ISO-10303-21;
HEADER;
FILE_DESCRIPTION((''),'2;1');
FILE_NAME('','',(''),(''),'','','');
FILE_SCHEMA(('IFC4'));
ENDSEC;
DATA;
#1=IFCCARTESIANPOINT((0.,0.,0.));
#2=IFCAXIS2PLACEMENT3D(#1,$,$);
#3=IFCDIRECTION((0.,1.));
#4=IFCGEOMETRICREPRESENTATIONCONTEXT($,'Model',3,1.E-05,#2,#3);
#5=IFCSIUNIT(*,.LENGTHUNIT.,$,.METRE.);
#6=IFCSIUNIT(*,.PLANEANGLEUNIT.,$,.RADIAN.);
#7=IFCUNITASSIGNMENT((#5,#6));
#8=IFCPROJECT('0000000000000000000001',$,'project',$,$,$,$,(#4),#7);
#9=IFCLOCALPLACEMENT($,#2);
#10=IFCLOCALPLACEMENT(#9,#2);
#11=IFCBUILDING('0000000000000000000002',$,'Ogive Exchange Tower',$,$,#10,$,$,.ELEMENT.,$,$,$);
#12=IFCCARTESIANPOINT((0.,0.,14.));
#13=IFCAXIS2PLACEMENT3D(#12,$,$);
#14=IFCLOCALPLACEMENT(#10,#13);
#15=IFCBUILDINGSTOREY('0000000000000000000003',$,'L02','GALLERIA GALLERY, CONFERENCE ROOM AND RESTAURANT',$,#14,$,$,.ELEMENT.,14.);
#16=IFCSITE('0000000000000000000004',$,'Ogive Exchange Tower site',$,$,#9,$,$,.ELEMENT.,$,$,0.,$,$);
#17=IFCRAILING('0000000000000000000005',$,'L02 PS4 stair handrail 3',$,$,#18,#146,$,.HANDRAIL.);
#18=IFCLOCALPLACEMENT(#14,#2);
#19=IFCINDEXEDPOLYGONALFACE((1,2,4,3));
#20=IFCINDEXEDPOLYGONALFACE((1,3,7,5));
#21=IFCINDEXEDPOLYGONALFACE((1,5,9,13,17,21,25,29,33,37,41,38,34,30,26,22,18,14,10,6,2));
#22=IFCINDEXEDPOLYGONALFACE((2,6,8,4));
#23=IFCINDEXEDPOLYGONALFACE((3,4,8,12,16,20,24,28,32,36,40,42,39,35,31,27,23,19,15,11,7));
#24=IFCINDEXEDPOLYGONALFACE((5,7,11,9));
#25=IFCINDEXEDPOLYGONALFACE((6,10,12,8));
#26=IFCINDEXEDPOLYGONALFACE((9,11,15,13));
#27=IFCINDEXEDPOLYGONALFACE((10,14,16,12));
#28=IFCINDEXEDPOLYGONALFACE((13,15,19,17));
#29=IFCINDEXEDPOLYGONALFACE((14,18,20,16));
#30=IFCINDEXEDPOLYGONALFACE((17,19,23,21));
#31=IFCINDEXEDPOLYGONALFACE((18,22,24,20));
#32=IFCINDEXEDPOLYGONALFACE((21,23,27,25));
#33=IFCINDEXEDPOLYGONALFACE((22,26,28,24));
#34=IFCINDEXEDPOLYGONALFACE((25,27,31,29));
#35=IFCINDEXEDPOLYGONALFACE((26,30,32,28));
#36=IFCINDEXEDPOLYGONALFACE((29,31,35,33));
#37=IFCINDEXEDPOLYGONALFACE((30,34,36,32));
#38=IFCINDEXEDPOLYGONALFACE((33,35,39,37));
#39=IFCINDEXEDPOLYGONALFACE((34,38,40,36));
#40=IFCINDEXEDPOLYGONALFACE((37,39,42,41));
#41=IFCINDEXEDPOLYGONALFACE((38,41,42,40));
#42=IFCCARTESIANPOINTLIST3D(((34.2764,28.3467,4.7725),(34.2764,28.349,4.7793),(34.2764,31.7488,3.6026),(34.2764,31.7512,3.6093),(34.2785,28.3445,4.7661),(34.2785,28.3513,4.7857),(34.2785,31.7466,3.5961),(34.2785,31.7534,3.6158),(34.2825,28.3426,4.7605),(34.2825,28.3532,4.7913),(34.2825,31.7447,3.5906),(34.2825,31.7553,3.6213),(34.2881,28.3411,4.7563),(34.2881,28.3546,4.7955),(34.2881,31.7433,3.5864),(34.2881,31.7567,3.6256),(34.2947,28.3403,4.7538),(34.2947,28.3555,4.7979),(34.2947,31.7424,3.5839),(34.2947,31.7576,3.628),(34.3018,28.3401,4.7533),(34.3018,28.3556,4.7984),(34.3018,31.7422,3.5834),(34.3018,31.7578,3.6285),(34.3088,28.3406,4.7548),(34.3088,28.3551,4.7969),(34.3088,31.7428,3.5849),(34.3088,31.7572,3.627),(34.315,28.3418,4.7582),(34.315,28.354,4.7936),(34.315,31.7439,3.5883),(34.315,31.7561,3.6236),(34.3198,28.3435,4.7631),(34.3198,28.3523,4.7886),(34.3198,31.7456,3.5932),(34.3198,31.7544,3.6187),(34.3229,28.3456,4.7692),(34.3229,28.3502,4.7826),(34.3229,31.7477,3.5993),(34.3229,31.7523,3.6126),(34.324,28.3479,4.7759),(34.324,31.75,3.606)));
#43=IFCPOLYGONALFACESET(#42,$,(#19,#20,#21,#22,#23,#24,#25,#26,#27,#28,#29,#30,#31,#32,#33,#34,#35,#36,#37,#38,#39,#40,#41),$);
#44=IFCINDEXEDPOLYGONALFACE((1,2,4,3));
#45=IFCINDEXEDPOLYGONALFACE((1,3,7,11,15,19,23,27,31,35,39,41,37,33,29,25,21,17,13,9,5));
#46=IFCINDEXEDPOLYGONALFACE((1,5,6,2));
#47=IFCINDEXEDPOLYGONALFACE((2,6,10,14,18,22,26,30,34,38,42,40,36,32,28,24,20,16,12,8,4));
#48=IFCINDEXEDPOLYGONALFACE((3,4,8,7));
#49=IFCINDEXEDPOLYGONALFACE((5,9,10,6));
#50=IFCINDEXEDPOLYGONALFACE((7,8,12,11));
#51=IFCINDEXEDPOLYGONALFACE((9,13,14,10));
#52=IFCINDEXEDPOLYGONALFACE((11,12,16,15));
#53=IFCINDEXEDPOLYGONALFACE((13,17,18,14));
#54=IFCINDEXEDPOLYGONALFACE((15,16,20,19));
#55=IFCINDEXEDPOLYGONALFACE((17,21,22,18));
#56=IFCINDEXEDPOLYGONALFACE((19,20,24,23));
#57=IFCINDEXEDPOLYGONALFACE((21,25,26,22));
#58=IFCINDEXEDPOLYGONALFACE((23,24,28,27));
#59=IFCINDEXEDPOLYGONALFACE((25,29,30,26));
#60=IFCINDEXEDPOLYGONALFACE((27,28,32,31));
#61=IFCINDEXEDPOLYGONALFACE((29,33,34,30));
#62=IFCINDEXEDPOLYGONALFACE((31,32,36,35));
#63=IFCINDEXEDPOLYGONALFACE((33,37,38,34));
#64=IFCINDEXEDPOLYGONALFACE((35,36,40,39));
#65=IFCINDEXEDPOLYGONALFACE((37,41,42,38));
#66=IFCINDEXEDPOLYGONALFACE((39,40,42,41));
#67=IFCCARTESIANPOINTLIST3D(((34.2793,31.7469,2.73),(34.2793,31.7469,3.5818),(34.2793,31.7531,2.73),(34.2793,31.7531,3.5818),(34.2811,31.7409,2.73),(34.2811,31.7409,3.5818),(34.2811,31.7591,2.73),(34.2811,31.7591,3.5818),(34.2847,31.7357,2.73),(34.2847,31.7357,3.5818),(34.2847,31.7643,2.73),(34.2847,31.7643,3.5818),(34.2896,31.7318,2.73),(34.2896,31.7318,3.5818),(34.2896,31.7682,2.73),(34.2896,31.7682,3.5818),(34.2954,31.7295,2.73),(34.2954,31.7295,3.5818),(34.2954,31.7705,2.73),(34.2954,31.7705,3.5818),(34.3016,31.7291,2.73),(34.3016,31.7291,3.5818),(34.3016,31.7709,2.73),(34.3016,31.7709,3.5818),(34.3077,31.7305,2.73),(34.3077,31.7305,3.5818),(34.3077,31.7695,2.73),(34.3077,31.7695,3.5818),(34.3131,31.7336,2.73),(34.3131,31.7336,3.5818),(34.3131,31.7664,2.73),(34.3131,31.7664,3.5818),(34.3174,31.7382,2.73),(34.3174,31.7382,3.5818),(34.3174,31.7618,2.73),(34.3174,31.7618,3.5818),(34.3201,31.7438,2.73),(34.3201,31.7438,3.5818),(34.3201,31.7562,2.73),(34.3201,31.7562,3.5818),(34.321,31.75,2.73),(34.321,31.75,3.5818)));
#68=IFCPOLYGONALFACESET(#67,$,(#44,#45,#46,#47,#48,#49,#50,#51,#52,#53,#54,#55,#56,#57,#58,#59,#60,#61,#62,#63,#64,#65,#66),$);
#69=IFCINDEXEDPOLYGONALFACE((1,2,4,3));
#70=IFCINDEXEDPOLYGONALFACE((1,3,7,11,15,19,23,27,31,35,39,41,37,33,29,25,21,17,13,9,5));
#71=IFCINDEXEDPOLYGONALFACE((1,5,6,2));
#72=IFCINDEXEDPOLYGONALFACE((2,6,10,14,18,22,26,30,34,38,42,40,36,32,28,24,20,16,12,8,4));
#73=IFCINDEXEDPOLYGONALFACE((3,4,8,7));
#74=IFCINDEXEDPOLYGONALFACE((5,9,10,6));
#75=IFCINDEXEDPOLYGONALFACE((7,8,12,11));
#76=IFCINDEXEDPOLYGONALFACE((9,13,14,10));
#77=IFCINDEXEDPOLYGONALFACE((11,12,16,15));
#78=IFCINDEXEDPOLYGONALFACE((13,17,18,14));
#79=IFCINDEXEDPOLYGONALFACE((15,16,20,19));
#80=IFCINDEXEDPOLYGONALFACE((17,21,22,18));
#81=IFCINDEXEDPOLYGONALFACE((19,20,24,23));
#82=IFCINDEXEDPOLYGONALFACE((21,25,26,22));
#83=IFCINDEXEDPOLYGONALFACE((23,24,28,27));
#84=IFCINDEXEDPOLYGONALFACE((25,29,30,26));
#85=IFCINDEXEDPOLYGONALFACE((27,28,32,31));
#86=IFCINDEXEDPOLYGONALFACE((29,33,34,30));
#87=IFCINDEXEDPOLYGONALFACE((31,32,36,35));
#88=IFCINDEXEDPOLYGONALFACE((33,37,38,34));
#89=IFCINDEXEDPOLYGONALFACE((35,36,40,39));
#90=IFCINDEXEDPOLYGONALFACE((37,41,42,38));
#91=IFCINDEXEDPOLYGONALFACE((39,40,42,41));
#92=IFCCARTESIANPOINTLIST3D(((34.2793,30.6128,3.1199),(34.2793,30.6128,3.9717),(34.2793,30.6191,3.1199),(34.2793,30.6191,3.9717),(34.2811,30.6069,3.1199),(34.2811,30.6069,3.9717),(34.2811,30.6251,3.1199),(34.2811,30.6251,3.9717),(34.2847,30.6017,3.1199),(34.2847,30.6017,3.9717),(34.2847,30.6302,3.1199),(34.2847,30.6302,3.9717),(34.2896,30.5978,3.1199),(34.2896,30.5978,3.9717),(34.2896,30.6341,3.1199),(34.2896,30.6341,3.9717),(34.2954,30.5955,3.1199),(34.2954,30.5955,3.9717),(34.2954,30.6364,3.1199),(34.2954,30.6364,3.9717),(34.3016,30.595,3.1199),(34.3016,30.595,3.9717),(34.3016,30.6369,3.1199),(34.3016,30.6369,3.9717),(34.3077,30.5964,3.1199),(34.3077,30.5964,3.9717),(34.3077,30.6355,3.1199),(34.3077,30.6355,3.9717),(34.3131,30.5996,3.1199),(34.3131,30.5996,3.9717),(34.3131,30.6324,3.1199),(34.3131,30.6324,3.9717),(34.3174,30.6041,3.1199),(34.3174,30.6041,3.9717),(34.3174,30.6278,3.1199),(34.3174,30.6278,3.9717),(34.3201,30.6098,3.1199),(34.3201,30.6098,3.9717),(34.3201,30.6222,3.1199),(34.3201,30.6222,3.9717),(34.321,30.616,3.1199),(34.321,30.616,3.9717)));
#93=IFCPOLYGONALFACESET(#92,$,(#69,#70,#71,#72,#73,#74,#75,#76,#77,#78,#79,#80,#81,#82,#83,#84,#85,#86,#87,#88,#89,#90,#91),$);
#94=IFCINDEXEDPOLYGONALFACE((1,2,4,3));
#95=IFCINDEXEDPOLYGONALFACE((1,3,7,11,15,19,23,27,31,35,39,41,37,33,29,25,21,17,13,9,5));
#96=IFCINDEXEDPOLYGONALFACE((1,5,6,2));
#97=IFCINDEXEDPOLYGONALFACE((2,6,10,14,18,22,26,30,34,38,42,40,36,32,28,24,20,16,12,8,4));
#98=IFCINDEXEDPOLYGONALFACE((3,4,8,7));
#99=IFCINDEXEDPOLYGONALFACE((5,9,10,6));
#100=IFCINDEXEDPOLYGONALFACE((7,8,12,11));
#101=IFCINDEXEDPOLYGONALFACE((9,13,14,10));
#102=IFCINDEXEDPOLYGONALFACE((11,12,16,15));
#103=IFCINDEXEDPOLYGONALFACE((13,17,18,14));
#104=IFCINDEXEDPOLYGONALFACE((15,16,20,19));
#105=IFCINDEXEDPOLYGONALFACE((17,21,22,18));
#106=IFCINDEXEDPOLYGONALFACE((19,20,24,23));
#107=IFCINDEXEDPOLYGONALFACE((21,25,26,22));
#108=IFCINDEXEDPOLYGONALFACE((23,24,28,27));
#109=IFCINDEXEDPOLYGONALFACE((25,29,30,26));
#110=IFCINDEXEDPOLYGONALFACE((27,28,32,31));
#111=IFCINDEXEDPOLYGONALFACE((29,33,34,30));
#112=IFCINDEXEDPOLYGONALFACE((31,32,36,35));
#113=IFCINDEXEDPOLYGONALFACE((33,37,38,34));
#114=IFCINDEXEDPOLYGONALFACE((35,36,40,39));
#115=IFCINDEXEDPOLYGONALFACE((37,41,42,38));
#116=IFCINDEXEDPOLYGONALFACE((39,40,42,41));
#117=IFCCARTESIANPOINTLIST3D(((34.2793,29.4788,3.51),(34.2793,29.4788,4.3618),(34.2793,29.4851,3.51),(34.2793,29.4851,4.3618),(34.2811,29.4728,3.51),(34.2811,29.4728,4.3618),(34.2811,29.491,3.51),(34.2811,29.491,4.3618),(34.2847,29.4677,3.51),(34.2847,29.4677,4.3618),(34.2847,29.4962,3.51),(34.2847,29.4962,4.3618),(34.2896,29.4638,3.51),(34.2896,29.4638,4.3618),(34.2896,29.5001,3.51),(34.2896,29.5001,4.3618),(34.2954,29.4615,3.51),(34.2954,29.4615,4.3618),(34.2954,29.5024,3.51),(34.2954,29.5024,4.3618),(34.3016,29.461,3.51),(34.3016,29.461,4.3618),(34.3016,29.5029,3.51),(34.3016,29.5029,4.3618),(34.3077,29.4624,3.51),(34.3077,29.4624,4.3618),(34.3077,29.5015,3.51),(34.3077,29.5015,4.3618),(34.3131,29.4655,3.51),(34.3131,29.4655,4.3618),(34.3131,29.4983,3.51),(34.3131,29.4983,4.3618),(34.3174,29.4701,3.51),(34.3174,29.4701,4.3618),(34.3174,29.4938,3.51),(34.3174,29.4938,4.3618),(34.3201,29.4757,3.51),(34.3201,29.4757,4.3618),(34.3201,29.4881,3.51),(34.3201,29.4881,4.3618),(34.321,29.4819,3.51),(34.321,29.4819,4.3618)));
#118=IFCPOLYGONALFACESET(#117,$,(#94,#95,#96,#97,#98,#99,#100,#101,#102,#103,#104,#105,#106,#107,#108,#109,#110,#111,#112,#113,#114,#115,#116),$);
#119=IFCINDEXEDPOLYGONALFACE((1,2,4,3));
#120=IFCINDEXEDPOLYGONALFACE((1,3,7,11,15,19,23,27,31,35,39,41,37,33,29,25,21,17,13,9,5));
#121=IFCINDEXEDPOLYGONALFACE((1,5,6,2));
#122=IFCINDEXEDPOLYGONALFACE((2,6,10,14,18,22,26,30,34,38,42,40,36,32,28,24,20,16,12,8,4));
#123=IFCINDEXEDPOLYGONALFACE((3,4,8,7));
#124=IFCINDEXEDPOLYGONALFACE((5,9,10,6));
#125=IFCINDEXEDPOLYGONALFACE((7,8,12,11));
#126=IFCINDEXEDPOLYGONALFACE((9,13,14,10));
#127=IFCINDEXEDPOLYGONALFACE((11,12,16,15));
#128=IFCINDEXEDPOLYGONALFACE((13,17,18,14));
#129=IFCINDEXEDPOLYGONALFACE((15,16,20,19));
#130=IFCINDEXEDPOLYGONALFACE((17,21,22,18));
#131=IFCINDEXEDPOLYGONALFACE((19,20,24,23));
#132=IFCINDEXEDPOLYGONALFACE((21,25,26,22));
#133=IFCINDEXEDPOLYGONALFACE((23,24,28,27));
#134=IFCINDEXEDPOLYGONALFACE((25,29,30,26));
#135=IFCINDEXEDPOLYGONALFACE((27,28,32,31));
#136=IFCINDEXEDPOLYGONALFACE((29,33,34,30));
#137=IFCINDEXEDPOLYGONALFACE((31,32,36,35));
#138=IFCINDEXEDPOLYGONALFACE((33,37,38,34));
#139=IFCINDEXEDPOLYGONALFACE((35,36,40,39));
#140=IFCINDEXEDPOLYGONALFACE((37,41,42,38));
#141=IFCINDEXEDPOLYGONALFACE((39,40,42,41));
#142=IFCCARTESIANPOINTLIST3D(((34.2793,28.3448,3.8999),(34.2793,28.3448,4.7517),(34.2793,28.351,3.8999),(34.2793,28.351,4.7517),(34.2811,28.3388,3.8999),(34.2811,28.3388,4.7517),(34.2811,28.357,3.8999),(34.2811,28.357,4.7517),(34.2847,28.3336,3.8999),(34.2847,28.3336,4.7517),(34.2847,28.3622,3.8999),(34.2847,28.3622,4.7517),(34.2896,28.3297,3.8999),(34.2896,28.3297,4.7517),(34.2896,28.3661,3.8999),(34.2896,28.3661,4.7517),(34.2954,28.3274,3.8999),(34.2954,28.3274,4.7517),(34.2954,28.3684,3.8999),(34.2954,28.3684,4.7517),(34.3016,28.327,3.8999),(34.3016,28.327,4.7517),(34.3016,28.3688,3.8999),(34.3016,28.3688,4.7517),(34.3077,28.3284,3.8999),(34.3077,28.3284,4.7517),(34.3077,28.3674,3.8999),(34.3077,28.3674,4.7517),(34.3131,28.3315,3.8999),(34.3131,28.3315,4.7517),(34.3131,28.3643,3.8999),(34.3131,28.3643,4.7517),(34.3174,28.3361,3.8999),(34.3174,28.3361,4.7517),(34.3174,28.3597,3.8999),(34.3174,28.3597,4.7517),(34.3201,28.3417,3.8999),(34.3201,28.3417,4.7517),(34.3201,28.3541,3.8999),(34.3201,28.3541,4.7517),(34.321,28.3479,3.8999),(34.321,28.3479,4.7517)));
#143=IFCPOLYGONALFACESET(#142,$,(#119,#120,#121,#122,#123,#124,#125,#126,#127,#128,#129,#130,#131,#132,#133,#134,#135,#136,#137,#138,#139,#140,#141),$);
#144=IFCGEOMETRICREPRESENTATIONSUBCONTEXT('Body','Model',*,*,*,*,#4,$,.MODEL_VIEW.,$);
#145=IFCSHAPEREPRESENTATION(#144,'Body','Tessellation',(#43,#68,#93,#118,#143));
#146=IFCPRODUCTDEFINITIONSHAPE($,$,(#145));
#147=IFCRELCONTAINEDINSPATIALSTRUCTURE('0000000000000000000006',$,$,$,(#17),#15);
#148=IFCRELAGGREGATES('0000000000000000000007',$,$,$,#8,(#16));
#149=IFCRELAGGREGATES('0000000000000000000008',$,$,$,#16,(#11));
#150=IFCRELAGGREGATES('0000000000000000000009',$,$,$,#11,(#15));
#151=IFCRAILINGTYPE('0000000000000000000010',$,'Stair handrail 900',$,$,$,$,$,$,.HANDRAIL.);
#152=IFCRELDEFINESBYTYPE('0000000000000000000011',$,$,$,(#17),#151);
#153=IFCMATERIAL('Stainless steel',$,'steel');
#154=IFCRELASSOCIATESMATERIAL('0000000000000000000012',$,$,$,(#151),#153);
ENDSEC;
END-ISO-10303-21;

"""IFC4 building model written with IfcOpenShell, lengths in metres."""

from ifc_helpers import new_model, si_unit, direction, frame, origin, origin_2d, place, context, subcontext, project, spatial, circle, extrude, material, type_object, element, save


model = new_model("IFC4")

# Units and contexts
model_context = context("Model", 3, precision=1e-05, world=origin(), true_north=direction((0.0, 1.0)))
body_context = subcontext(model_context, "Body", "Model", "MODEL_VIEW")
ifc_project = project(units=[si_unit("LENGTHUNIT", "METRE"), si_unit("PLANEANGLEUNIT", "RADIAN")], contexts=[model_context])

# Site, building, storey
site_placement = place(None, origin())
site = spatial("IfcSite", under=ifc_project, at=site_placement, Name="Ogive Exchange Tower site", CompositionType="ELEMENT", RefElevation=0.0)
building_placement = place(site_placement, origin())
building = spatial("IfcBuilding", under=site, at=building_placement, Name="Ogive Exchange Tower", CompositionType="ELEMENT")
storey_placement = place(building_placement, frame((0.0, 0.0, 14.0)))
storey = spatial("IfcBuildingStorey", under=building, at=storey_placement, Name="L02", Description="GALLERIA GALLERY, CONFERENCE ROOM AND RESTAURANT", CompositionType="ELEMENT", Elevation=14.0)

# Railing
ifc_material_1 = material(Name="Stainless steel", Category="steel")
railing_type = type_object("IfcRailingType", Name="Stair handrail 900", PredefinedType="HANDRAIL", material=ifc_material_1)
railing_1_placement = place(storey_placement, frame((34.3, 31.75, 2.73)))
element("IfcRailing", 1, at=railing_1_placement, inside=storey, type_object=railing_type, Name="L02 PS4 stair handrail 3", PredefinedType="HANDRAIL", context=body_context, shape_type="SweptSolid", body=[
    extrude(circle(Radius=0.0239, at=origin_2d()), frame((0.0, 0.0, 0.876), z_axis=(0.0, -0.945648, 0.325192), x_axis=(1.0, 0.0, 0.0)), (0.0, 0.0, 1.0), 3.5977),
    extrude(circle(Radius=0.021, at=origin_2d()), origin(), (0.0, 0.0, 1.0), 0.8518),
    extrude(circle(Radius=0.021, at=origin_2d()), frame((0.0, -1.134, 0.3899)), (0.0, 0.0, 1.0), 0.8518),
    extrude(circle(Radius=0.021, at=origin_2d()), frame((0.0, -2.2681, 0.78)), (0.0, 0.0, 1.0), 0.8518),
    extrude(circle(Radius=0.021, at=origin_2d()), frame((0.0, -3.4021, 1.1699)), (0.0, 0.0, 1.0), 0.8518),
])

save(model, "model.ifc")
